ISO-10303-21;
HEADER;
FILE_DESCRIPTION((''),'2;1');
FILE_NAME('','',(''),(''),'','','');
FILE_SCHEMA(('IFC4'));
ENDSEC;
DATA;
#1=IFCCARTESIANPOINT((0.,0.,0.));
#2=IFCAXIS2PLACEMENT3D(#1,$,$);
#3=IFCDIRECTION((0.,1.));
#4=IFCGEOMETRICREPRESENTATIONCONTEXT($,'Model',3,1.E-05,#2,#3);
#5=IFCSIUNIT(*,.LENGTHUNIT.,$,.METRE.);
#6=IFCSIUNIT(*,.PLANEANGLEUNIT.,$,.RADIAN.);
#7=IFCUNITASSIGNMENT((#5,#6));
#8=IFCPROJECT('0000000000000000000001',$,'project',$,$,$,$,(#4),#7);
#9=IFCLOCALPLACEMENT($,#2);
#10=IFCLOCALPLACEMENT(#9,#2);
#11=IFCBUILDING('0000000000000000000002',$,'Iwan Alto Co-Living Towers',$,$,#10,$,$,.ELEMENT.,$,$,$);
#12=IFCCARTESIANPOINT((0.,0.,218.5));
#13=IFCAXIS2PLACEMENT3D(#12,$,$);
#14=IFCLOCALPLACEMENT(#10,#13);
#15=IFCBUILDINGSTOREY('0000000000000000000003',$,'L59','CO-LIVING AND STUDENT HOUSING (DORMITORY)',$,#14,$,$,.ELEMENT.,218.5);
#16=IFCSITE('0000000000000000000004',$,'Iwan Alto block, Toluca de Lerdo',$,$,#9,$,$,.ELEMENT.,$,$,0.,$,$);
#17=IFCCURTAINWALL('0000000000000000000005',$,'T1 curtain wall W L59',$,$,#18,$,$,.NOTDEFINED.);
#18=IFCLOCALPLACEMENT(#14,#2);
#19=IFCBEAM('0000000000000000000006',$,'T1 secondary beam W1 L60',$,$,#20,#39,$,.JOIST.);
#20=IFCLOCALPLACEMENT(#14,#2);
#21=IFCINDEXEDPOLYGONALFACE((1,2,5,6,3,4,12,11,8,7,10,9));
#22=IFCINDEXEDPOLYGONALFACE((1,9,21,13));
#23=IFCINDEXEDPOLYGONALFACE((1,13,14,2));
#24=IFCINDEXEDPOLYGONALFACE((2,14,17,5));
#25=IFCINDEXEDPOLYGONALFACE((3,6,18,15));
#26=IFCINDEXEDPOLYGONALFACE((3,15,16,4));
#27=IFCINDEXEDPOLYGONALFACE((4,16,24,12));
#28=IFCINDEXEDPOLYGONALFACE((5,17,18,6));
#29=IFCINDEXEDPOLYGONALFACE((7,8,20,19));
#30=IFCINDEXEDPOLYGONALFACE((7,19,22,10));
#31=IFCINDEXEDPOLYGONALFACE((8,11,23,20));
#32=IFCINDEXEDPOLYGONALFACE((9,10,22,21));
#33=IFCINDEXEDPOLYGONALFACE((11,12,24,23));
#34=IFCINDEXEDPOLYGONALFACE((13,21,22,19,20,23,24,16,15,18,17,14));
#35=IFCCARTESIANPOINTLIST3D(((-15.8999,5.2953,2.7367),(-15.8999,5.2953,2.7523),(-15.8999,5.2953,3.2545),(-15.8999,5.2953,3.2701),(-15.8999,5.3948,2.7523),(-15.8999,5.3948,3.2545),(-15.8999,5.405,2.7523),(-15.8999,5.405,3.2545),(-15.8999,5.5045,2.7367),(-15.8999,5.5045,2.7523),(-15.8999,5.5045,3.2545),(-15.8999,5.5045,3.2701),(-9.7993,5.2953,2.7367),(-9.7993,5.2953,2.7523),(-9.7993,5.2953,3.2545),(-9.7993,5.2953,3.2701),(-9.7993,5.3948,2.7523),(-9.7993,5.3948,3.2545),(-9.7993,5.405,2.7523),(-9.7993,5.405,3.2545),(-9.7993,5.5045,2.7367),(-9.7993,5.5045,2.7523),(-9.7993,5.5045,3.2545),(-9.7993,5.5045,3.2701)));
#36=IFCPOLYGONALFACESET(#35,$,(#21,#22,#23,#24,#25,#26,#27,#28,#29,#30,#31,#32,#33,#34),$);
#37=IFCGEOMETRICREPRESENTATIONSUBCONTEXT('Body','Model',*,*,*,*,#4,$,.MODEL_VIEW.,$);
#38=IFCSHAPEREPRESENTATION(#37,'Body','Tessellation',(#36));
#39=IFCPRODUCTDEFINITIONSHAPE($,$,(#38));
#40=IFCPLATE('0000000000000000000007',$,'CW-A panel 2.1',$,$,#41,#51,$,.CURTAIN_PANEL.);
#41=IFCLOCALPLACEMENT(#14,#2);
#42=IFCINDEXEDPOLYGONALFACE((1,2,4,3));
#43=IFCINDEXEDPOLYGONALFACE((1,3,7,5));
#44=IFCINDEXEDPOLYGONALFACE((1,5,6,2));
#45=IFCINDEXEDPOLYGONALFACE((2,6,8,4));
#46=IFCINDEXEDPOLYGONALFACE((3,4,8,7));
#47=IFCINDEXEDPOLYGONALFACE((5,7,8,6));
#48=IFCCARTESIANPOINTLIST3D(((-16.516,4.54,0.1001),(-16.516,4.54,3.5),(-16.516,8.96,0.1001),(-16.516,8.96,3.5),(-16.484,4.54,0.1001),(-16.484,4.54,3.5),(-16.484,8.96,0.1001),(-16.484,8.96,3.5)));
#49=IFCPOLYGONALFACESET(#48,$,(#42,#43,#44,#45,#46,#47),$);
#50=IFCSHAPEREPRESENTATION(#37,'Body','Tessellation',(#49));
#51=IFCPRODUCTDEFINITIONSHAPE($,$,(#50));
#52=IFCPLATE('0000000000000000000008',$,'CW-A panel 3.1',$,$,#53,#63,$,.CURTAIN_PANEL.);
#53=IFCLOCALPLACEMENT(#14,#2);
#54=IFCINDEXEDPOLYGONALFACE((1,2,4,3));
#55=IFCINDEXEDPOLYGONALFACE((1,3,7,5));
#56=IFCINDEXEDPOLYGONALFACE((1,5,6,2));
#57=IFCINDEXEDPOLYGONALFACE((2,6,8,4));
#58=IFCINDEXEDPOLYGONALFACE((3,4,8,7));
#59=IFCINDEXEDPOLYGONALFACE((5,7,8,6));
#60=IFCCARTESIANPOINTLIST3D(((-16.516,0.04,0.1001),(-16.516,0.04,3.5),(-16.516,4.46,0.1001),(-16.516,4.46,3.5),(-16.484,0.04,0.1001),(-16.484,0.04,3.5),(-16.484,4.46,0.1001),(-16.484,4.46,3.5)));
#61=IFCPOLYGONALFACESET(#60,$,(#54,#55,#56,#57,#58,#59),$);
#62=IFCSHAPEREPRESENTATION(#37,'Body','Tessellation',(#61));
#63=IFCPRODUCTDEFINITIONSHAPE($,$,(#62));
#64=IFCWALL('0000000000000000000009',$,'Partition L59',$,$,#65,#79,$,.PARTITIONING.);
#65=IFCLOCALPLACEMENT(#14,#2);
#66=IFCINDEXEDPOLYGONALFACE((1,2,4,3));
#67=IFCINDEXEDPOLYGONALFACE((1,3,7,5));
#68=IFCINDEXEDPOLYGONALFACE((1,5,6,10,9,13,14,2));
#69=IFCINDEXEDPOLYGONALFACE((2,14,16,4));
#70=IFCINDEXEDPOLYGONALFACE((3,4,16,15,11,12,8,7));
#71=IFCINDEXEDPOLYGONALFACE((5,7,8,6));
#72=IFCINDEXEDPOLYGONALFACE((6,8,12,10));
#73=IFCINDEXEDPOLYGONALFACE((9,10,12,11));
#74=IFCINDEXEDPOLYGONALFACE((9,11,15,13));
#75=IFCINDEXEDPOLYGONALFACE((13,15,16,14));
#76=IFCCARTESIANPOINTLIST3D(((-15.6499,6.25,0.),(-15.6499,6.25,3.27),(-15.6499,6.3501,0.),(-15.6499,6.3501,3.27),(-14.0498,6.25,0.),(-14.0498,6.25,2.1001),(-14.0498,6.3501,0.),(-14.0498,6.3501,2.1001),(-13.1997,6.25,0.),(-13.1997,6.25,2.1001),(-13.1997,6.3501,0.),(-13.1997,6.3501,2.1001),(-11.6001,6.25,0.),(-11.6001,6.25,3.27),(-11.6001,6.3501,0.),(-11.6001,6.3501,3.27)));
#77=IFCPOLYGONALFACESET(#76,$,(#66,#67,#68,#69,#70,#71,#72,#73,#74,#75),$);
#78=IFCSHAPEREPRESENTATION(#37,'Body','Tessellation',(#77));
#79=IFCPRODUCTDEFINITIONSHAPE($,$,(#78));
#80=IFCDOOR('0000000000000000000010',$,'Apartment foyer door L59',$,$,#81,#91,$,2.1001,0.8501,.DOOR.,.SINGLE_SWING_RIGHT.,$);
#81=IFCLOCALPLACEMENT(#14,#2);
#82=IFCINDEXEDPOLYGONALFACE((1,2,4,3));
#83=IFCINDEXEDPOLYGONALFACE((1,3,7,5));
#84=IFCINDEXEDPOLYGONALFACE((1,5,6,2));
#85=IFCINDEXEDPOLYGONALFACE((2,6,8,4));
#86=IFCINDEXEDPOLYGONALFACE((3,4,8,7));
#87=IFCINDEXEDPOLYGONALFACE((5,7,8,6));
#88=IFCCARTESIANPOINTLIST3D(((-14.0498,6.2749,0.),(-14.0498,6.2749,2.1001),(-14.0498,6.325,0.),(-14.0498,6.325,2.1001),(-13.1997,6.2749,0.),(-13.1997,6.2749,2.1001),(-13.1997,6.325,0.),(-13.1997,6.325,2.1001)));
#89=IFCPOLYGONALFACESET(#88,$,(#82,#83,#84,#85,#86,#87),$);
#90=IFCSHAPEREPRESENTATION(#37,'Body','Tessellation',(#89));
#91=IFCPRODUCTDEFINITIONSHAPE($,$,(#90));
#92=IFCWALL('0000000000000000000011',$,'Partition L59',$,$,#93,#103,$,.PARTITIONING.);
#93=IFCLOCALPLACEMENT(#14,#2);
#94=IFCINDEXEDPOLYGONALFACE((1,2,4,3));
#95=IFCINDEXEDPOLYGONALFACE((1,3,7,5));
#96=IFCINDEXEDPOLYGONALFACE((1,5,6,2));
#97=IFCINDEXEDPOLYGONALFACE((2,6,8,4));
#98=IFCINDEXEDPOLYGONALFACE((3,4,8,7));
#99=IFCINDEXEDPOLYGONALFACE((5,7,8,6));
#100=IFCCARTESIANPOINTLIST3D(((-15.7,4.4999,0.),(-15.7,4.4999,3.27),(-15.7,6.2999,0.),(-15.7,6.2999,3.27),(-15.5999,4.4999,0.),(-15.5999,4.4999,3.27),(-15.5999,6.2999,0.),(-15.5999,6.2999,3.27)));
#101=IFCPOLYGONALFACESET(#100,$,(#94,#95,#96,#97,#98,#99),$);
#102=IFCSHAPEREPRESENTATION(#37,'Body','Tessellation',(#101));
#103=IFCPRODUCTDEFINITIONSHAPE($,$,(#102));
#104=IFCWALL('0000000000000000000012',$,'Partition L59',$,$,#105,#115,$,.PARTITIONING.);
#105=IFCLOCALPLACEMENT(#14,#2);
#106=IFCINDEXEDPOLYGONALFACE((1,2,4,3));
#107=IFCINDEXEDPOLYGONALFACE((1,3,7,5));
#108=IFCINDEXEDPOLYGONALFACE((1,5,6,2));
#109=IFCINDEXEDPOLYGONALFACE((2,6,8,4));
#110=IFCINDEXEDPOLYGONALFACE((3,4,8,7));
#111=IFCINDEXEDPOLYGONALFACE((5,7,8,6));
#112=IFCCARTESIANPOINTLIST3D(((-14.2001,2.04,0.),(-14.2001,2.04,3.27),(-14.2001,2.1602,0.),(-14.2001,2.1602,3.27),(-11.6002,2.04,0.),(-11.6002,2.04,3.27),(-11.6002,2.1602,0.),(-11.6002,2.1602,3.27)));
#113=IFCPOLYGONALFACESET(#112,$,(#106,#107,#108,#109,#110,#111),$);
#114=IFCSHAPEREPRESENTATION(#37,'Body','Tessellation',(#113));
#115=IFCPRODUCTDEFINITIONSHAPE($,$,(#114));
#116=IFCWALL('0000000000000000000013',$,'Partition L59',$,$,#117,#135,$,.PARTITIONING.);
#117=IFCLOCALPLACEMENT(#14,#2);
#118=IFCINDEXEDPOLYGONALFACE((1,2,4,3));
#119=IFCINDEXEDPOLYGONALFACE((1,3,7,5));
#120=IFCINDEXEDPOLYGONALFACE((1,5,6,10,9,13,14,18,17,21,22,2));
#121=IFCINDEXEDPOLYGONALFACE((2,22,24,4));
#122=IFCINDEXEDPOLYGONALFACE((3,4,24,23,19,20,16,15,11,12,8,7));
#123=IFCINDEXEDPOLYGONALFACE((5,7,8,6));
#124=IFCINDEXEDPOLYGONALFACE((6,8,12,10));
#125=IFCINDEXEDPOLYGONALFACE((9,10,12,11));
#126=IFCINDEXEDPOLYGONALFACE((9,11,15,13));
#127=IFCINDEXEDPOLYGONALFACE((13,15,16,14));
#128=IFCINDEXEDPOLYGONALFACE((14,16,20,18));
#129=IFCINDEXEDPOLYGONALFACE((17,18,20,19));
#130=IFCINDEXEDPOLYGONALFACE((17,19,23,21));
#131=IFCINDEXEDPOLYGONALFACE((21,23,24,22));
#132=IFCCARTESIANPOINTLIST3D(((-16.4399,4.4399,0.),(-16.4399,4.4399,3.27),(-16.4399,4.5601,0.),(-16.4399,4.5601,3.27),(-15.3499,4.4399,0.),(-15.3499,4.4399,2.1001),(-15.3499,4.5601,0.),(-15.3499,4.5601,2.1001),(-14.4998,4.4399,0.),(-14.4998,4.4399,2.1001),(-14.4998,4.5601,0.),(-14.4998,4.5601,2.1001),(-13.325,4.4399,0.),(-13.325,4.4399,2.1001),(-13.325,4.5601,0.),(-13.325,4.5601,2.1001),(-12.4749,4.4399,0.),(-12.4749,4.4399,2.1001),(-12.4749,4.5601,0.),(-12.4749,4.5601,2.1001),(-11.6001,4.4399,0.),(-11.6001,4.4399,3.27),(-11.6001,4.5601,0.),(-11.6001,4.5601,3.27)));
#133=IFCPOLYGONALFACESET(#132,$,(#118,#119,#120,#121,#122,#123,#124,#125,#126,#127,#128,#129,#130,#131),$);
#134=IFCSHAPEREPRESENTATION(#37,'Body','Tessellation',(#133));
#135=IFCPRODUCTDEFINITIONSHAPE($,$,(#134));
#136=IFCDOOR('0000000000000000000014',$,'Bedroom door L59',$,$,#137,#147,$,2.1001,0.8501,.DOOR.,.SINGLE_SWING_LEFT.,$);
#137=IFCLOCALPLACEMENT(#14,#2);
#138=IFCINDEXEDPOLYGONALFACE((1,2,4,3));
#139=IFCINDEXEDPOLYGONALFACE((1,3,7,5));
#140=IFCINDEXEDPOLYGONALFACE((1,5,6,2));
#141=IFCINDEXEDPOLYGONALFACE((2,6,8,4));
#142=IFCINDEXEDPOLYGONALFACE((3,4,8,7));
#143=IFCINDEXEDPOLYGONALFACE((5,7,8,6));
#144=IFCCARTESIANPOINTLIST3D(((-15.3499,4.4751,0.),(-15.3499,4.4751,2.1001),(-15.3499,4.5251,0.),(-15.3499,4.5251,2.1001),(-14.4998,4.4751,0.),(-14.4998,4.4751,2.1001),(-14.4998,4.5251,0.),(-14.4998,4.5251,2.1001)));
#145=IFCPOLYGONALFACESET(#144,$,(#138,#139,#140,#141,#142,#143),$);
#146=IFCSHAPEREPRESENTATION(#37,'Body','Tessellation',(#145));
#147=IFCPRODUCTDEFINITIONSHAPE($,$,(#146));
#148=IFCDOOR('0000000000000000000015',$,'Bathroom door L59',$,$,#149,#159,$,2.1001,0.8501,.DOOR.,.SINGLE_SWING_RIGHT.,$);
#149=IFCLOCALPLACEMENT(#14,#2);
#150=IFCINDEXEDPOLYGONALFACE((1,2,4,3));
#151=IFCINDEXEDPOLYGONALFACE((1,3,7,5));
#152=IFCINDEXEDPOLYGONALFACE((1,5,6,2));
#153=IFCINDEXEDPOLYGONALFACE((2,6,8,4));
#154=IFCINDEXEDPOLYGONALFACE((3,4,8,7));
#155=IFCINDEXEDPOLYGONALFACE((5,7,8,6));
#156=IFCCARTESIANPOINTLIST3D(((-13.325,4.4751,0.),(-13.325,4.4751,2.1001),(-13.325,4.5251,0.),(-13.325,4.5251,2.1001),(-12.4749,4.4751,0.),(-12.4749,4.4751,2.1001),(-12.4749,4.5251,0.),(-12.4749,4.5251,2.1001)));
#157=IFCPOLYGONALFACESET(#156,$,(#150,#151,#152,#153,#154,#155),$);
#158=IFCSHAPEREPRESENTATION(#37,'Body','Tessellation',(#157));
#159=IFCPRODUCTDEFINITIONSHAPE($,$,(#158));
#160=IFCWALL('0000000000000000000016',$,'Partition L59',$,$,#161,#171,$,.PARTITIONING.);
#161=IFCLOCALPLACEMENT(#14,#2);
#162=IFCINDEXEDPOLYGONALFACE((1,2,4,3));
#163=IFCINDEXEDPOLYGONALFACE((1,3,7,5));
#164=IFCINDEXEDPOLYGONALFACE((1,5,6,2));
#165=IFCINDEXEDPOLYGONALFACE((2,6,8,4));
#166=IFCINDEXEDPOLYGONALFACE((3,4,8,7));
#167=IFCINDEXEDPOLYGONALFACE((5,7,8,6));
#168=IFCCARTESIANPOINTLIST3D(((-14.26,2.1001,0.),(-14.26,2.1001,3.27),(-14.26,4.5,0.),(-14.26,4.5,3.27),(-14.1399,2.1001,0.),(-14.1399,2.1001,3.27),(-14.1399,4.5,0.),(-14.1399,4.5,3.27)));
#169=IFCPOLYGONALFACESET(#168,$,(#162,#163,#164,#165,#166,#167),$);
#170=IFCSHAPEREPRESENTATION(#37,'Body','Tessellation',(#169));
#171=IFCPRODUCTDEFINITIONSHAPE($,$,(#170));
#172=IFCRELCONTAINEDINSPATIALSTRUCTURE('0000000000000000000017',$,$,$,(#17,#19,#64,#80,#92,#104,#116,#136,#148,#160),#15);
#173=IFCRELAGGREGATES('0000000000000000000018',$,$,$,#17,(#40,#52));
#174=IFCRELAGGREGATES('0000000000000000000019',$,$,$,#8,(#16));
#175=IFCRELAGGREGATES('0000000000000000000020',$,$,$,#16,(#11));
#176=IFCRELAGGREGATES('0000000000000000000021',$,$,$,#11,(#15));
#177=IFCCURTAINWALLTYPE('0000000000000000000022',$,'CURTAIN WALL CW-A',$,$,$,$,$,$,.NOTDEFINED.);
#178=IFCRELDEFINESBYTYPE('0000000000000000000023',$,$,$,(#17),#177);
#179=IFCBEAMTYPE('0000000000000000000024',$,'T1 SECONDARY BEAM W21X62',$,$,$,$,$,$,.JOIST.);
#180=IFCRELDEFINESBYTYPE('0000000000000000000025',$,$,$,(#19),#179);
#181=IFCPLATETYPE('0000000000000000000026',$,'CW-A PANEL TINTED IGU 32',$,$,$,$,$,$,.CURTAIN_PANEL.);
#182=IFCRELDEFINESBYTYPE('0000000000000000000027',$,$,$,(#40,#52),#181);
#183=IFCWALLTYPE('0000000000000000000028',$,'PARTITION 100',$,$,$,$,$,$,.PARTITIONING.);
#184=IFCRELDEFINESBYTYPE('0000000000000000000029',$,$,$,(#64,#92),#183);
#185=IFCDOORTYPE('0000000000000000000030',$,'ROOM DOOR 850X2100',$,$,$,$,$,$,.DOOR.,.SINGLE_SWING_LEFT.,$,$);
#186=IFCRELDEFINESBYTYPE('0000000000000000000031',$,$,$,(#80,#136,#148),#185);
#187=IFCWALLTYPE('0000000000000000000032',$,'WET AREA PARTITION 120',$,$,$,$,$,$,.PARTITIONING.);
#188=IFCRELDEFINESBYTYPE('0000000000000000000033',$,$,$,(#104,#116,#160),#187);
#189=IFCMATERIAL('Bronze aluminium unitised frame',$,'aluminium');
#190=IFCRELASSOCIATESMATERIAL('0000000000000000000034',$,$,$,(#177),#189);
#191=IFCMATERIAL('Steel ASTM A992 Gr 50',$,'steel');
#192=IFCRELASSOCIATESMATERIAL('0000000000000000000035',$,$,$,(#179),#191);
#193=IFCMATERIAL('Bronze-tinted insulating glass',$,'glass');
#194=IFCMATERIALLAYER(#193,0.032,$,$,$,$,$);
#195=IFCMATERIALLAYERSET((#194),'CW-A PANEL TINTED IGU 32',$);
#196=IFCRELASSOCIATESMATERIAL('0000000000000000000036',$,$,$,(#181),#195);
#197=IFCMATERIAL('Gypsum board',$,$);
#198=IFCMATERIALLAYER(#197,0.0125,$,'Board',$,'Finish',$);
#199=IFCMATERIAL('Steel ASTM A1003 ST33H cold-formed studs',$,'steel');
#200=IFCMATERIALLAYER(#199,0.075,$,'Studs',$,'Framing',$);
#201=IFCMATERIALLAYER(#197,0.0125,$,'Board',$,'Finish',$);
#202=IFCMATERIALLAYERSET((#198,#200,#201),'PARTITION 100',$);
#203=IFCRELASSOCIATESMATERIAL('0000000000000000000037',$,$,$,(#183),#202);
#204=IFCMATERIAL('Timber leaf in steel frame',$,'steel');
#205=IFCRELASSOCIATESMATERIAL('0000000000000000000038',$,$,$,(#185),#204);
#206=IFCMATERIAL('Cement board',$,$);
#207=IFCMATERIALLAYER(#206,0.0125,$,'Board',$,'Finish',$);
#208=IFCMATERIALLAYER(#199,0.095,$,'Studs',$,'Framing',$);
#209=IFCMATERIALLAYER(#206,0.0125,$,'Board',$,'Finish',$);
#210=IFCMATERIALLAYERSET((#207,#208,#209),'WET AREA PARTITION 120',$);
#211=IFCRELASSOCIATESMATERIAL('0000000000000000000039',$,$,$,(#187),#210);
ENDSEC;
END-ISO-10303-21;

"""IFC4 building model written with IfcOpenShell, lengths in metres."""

from ifc_helpers import new_model, si_unit, direction, frame, frame_2d, origin, origin_2d, place, context, subcontext, project, spatial, rectangle, i_section, extrude, material, layer, layer_set, material_profile, profile_set, type_object, element, fill, aggregate, save


model = new_model("IFC4")

# Units and contexts
model_context = context("Model", 3, precision=1e-05, world=origin(), true_north=direction((0.0, 1.0)))
body_context = subcontext(model_context, "Body", "Model", "MODEL_VIEW")
ifc_project = project(units=[si_unit("LENGTHUNIT", "METRE"), si_unit("PLANEANGLEUNIT", "RADIAN")], contexts=[model_context])

# Site, building, storey
site_placement = place(None, origin())
site = spatial("IfcSite", under=ifc_project, at=site_placement, Name="Iwan Alto block, Toluca de Lerdo", CompositionType="ELEMENT", RefElevation=0.0)
building_placement = place(site_placement, origin())
building = spatial("IfcBuilding", under=site, at=building_placement, Name="Iwan Alto Co-Living Towers", CompositionType="ELEMENT")
storey_placement = place(building_placement, frame((0.0, 0.0, 218.5)))
storey = spatial("IfcBuildingStorey", under=building, at=storey_placement, Name="L59", Description="CO-LIVING AND STUDENT HOUSING (DORMITORY)", CompositionType="ELEMENT", Elevation=218.5)

# Curtain wall
ifc_material_1 = material(Name="Bronze aluminium unitised frame", Category="aluminium")
curtain_wall_type = type_object("IfcCurtainWallType", Name="CURTAIN WALL CW-A", PredefinedType="NOTDEFINED", material=ifc_material_1)
curtain_wall_placement = place(storey_placement, origin())
curtain_wall = element("IfcCurtainWall", 1, at=curtain_wall_placement, inside=storey, type_object=curtain_wall_type, Name="T1 curtain wall W L59", PredefinedType="NOTDEFINED")

# Beam
ifc_material_2 = material(Name="Steel ASTM A992 Gr 50", Category="steel")
ifc_material_profile_1 = material_profile(ifc_material_2, i_section(OverallWidth=0.2092, OverallDepth=0.5334, WebThickness=0.0103, FlangeThickness=0.0156, at=origin_2d()), Name="W21X62")
ifc_profile_set_1 = profile_set([ifc_material_profile_1], Name="Steel ASTM A992 Gr 50")
beam_type_1 = type_object("IfcBeamType", Name="T1 SECONDARY BEAM W21X62", PredefinedType="JOIST", material=ifc_profile_set_1)
beam_1_placement = place(storey_placement, frame((-15.8999, 5.3999, 3.0034), z_axis=(1.0, 0.0, 0.0), x_axis=(0.0, 1.0, 0.0)))
element("IfcBeam", 2, at=beam_1_placement, inside=storey, type_object=beam_type_1, Name="T1 secondary beam W1 L60", PredefinedType="JOIST", context=body_context, shape_type="SweptSolid", body=[
    extrude(i_section(OverallWidth=0.2092, OverallDepth=0.5334, WebThickness=0.0103, FlangeThickness=0.0156, at=origin_2d()), origin(), (0.0, 0.0, 1.0), 6.1006),
])

# Plates
ifc_material_3 = material(Name="Bronze-tinted insulating glass", Category="glass")
ifc_layer_1 = layer(ifc_material_3, 0.032)
ifc_layer_set_1 = layer_set([ifc_layer_1], Name="CW-A PANEL TINTED IGU 32")
plate_type = type_object("IfcPlateType", Name="CW-A PANEL TINTED IGU 32", PredefinedType="CURTAIN_PANEL", material=ifc_layer_set_1)
plate_1_placement = place(storey_placement, frame((-16.5, 6.75, 0.1001), z_axis=(0.0, 0.0, 1.0), x_axis=(0.0, -1.0, 0.0)))
plate_1 = element("IfcPlate", 3, at=plate_1_placement, type_object=plate_type, Name="CW-A panel 2.1", PredefinedType="CURTAIN_PANEL", context=body_context, shape_type="SweptSolid", body=[
    extrude(rectangle(XDim=4.4199, YDim=0.032, at=origin_2d()), origin(), (0.0, 0.0, 1.0), 3.3999),
])
plate_2_placement = place(storey_placement, frame((-16.5, 2.25, 0.1001), z_axis=(0.0, 0.0, 1.0), x_axis=(0.0, -1.0, 0.0)))
plate_2 = element("IfcPlate", 4, at=plate_2_placement, type_object=plate_type, Name="CW-A panel 3.1", PredefinedType="CURTAIN_PANEL", context=body_context, shape_type="SweptSolid", body=[
    extrude(rectangle(XDim=4.4199, YDim=0.032, at=origin_2d()), origin(), (0.0, 0.0, 1.0), 3.3999),
])
aggregate(curtain_wall, [plate_1, plate_2])

# Wall, opening, door
ifc_material_4 = material(Name="Gypsum board")
ifc_layer_2 = layer(ifc_material_4, 0.0125, Name="Board", Category="Finish")
ifc_material_5 = material(Name="Steel ASTM A1003 ST33H cold-formed studs", Category="steel")
ifc_layer_3 = layer(ifc_material_5, 0.075, Name="Studs", Category="Framing")
ifc_layer_4 = layer(ifc_material_4, 0.0125, Name="Board", Category="Finish")
ifc_layer_set_2 = layer_set([ifc_layer_2, ifc_layer_3, ifc_layer_4], Name="PARTITION 100")
wall_type_1 = type_object("IfcWallType", Name="PARTITION 100", PredefinedType="PARTITIONING", material=ifc_layer_set_2)
wall_1_placement = place(storey_placement, frame((-15.6499, 6.3, 0.0), z_axis=(0.0, 0.0, 1.0), x_axis=(1.0, 0.0, 0.0)))
wall_1 = element("IfcWall", 5, at=wall_1_placement, inside=storey, type_object=wall_type_1, Name="Partition L59", PredefinedType="PARTITIONING", context=body_context, shape_type="SweptSolid", body=[
    extrude(rectangle(XDim=4.0498, YDim=0.1001, at=frame_2d((2.0249, 0.0))), origin(), (0.0, 0.0, 1.0), 3.27),
])
opening_1_placement = place(wall_1_placement, frame((1.6001, 0.0, 0.0)))
opening_1 = element("IfcOpeningElement", 6, at=opening_1_placement, cuts=wall_1, PredefinedType="OPENING", context=body_context, shape_type="SweptSolid", body=[
    extrude(rectangle(XDim=0.8501, YDim=2.1001, at=frame_2d((0.425, 1.05))), frame((0.0, 0.0601, 0.0), z_axis=(0.0, -1.0, 0.0), x_axis=(1.0, 0.0, 0.0)), (0.0, 0.0, 1.0), 0.1201),
])
ifc_material_6 = material(Name="Timber leaf in steel frame", Category="steel")
door_type = type_object("IfcDoorType", Name="ROOM DOOR 850X2100", OperationType="SINGLE_SWING_LEFT", PredefinedType="DOOR", material=ifc_material_6)
door_1_placement = place(opening_1_placement, origin())
door_1 = element("IfcDoor", 7, at=door_1_placement, inside=storey, type_object=door_type, Name="Apartment foyer door L59", OperationType="SINGLE_SWING_RIGHT", OverallHeight=2.1001, OverallWidth=0.8501, PredefinedType="DOOR", context=body_context, shape_type="SweptSolid", body=[
    extrude(rectangle(XDim=0.8501, YDim=2.1001, at=frame_2d((0.425, 1.05))), frame((0.0, 0.0249, 0.0), z_axis=(0.0, -1.0, 0.0), x_axis=(1.0, 0.0, 0.0)), (0.0, 0.0, 1.0), 0.05),
])
fill(opening_1, door_1)

# Walls
wall_2_placement = place(storey_placement, frame((-15.6499, 4.5, 0.0), z_axis=(0.0, 0.0, 1.0), x_axis=(0.0, 1.0, 0.0)))
element("IfcWall", 8, at=wall_2_placement, inside=storey, type_object=wall_type_1, Name="Partition L59", PredefinedType="PARTITIONING", context=body_context, shape_type="SweptSolid", body=[
    extrude(rectangle(XDim=1.8, YDim=0.1001, at=frame_2d((0.8999, 0.0))), origin(), (0.0, 0.0, 1.0), 3.27),
])
ifc_material_7 = material(Name="Cement board")
ifc_layer_5 = layer(ifc_material_7, 0.0125, Name="Board", Category="Finish")
ifc_layer_6 = layer(ifc_material_5, 0.095, Name="Studs", Category="Framing")
ifc_layer_7 = layer(ifc_material_7, 0.0125, Name="Board", Category="Finish")
ifc_layer_set_3 = layer_set([ifc_layer_5, ifc_layer_6, ifc_layer_7], Name="WET AREA PARTITION 120")
wall_type_2 = type_object("IfcWallType", Name="WET AREA PARTITION 120", PredefinedType="PARTITIONING", material=ifc_layer_set_3)
wall_3_placement = place(storey_placement, frame((-14.2, 2.1001, 0.0), z_axis=(0.0, 0.0, 1.0), x_axis=(1.0, 0.0, 0.0)))
element("IfcWall", 9, at=wall_3_placement, inside=storey, type_object=wall_type_2, Name="Partition L59", PredefinedType="PARTITIONING", context=body_context, shape_type="SweptSolid", body=[
    extrude(rectangle(XDim=2.5999, YDim=0.1201, at=frame_2d((1.2998, 0.0))), origin(), (0.0, 0.0, 1.0), 3.27),
])

# Wall, openings, doors
wall_4_placement = place(storey_placement, frame((-16.4399, 4.5, 0.0), z_axis=(0.0, 0.0, 1.0), x_axis=(1.0, 0.0, 0.0)))
wall_4 = element("IfcWall", 10, at=wall_4_placement, inside=storey, type_object=wall_type_2, Name="Partition L59", PredefinedType="PARTITIONING", context=body_context, shape_type="SweptSolid", body=[
    extrude(rectangle(XDim=4.8398, YDim=0.1201, at=frame_2d((2.4199, 0.0))), origin(), (0.0, 0.0, 1.0), 3.27),
])
opening_2_placement = place(wall_4_placement, frame((1.0901, 0.0, 0.0)))
opening_2 = element("IfcOpeningElement", 11, at=opening_2_placement, cuts=wall_4, PredefinedType="OPENING", context=body_context, shape_type="SweptSolid", body=[
    extrude(rectangle(XDim=0.8501, YDim=2.1001, at=frame_2d((0.425, 1.05))), frame((0.0, 0.0701, 0.0), z_axis=(0.0, -1.0, 0.0), x_axis=(1.0, 0.0, 0.0)), (0.0, 0.0, 1.0), 0.1401),
])
opening_3_placement = place(wall_4_placement, frame((3.115, 0.0, 0.0)))
opening_3 = element("IfcOpeningElement", 12, at=opening_3_placement, cuts=wall_4, PredefinedType="OPENING", context=body_context, shape_type="SweptSolid", body=[
    extrude(rectangle(XDim=0.8501, YDim=2.1001, at=frame_2d((0.425, 1.05))), frame((0.0, 0.0701, 0.0), z_axis=(0.0, -1.0, 0.0), x_axis=(1.0, 0.0, 0.0)), (0.0, 0.0, 1.0), 0.1401),
])
door_2_placement = place(opening_2_placement, frame((0.8501, 0.0, 0.0), z_axis=(0.0, 0.0, 1.0), x_axis=(-1.0, 0.0, 0.0)))
door_2 = element("IfcDoor", 13, at=door_2_placement, inside=storey, type_object=door_type, Name="Bedroom door L59", OperationType="SINGLE_SWING_LEFT", OverallHeight=2.1001, OverallWidth=0.8501, PredefinedType="DOOR", context=body_context, shape_type="SweptSolid", body=[
    extrude(rectangle(XDim=0.8501, YDim=2.1001, at=frame_2d((0.425, 1.05))), frame((0.0, 0.0249, 0.0), z_axis=(0.0, -1.0, 0.0), x_axis=(1.0, 0.0, 0.0)), (0.0, 0.0, 1.0), 0.05),
])
fill(opening_2, door_2)
door_3_placement = place(opening_3_placement, frame((0.8501, 0.0, 0.0), z_axis=(0.0, 0.0, 1.0), x_axis=(-1.0, 0.0, 0.0)))
door_3 = element("IfcDoor", 14, at=door_3_placement, inside=storey, type_object=door_type, Name="Bathroom door L59", OperationType="SINGLE_SWING_RIGHT", OverallHeight=2.1001, OverallWidth=0.8501, PredefinedType="DOOR", context=body_context, shape_type="SweptSolid", body=[
    extrude(rectangle(XDim=0.8501, YDim=2.1001, at=frame_2d((0.425, 1.05))), frame((0.0, 0.0249, 0.0), z_axis=(0.0, -1.0, 0.0), x_axis=(1.0, 0.0, 0.0)), (0.0, 0.0, 1.0), 0.05),
])
fill(opening_3, door_3)

# Wall
wall_5_placement = place(storey_placement, frame((-14.2, 2.1001, 0.0), z_axis=(0.0, 0.0, 1.0), x_axis=(0.0, 1.0, 0.0)))
element("IfcWall", 15, at=wall_5_placement, inside=storey, type_object=wall_type_2, Name="Partition L59", PredefinedType="PARTITIONING", context=body_context, shape_type="SweptSolid", body=[
    extrude(rectangle(XDim=2.3999, YDim=0.1201, at=frame_2d((1.2, 0.0))), origin(), (0.0, 0.0, 1.0), 3.27),
])

save(model, "model.ifc")
